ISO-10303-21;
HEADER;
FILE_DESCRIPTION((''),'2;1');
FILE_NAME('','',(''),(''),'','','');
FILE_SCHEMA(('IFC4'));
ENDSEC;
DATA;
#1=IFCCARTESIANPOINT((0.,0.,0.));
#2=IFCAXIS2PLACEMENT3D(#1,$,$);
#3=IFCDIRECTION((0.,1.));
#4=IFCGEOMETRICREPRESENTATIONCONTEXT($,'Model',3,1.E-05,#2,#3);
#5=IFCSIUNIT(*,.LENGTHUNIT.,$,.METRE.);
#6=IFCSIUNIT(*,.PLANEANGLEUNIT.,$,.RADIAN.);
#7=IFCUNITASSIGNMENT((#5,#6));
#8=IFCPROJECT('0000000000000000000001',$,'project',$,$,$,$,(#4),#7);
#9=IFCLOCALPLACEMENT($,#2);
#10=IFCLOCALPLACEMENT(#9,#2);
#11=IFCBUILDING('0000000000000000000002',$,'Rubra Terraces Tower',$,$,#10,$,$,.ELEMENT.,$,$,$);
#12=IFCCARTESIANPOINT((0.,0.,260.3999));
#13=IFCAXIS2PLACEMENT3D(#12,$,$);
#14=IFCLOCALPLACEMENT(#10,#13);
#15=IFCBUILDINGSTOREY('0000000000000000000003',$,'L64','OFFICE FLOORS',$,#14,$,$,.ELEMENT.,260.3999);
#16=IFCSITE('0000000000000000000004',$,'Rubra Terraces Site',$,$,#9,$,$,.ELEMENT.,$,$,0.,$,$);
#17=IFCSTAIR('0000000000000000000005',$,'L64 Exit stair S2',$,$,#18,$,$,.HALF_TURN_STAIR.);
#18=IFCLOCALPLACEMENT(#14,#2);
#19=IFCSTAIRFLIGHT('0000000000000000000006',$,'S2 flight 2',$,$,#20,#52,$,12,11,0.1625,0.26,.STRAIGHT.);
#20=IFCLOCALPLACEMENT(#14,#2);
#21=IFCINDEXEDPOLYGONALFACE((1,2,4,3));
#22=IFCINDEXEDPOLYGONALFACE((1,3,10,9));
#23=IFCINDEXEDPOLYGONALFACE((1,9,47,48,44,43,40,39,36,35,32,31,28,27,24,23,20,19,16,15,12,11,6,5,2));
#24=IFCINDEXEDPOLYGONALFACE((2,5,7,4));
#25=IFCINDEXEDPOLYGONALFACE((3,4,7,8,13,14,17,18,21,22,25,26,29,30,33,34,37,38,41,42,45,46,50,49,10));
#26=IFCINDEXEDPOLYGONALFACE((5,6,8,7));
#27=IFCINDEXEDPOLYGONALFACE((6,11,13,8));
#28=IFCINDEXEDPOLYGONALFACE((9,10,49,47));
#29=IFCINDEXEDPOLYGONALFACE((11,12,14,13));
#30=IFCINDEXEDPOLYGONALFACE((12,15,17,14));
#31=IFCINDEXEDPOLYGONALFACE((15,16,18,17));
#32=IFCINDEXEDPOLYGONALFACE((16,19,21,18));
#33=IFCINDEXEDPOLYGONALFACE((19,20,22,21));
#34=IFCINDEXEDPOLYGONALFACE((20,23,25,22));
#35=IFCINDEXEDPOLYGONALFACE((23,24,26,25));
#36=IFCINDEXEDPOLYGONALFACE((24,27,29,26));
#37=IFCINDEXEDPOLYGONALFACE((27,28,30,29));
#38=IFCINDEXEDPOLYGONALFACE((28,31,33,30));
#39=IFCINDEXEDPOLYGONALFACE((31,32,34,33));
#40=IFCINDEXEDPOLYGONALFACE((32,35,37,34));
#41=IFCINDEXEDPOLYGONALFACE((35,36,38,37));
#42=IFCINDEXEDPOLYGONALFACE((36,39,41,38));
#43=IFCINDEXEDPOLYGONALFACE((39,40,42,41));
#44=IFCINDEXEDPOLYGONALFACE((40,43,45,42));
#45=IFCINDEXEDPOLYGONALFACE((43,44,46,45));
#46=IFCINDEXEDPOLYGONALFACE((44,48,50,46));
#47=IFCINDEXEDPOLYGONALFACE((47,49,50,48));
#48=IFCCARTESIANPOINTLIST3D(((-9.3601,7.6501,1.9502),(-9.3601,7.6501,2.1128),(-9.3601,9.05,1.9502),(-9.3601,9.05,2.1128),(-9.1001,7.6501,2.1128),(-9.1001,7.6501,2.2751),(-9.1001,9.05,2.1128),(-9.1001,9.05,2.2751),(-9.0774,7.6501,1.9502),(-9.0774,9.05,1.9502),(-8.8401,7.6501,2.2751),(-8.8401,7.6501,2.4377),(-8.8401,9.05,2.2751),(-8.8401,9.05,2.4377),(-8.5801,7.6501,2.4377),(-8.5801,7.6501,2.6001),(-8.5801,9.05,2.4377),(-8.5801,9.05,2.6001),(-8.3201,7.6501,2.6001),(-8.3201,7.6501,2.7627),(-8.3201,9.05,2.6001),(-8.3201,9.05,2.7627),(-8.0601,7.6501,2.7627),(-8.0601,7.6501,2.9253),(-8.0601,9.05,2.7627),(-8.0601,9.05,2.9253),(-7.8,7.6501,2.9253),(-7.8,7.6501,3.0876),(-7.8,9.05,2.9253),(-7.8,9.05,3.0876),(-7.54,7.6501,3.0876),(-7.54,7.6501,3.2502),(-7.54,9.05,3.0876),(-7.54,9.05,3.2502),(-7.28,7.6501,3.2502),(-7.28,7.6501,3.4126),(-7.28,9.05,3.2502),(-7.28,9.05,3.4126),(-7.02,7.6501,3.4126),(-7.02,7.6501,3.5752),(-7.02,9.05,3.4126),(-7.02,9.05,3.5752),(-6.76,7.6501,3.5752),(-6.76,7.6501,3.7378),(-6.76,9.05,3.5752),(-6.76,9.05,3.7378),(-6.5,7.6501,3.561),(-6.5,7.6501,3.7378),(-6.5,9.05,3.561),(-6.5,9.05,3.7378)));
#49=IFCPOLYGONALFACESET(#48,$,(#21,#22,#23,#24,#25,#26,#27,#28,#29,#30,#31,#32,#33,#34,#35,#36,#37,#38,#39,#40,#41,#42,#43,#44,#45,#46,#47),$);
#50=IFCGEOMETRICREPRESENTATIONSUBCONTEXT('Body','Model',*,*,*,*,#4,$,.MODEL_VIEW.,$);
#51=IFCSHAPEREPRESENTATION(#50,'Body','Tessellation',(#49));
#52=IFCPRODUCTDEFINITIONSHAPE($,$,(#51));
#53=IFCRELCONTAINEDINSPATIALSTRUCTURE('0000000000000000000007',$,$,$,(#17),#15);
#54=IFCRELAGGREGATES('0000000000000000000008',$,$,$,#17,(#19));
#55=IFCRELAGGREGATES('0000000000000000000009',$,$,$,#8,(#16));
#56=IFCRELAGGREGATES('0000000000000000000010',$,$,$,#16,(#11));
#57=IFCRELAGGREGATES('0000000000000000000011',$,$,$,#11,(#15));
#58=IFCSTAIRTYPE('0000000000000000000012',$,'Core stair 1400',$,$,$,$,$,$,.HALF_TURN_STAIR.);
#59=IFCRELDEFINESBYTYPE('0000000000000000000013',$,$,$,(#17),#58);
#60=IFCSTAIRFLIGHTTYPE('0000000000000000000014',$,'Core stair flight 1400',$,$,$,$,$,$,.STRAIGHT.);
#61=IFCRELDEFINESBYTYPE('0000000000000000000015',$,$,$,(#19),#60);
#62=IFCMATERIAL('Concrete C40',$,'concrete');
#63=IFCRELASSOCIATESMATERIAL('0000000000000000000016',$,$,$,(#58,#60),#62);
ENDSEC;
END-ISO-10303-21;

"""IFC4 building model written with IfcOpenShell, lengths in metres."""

from ifc_helpers import new_model, si_unit, direction, frame, origin, place, context, subcontext, project, spatial, polyline, outline, extrude, material, type_object, element, aggregate, save


model = new_model("IFC4")

# Units and contexts
model_context = context("Model", 3, precision=1e-05, world=origin(), true_north=direction((0.0, 1.0)))
body_context = subcontext(model_context, "Body", "Model", "MODEL_VIEW")
ifc_project = project(units=[si_unit("LENGTHUNIT", "METRE"), si_unit("PLANEANGLEUNIT", "RADIAN")], contexts=[model_context])

# Site, building, storey
site_placement = place(None, origin())
site = spatial("IfcSite", under=ifc_project, at=site_placement, Name="Rubra Terraces Site", CompositionType="ELEMENT", RefElevation=0.0)
building_placement = place(site_placement, origin())
building = spatial("IfcBuilding", under=site, at=building_placement, Name="Rubra Terraces Tower", CompositionType="ELEMENT")
storey_placement = place(building_placement, frame((0.0, 0.0, 260.3999)))
storey = spatial("IfcBuildingStorey", under=building, at=storey_placement, Name="L64", Description="OFFICE FLOORS", CompositionType="ELEMENT", Elevation=260.3999)

# Shared definitions
ifc_material_1 = material(Name="Concrete C40", Category="concrete")

# Stair, stair flight
stair_type = type_object("IfcStairType", Name="Core stair 1400", PredefinedType="HALF_TURN_STAIR", material=ifc_material_1)
stair_placement = place(storey_placement, origin())
stair = element("IfcStair", 1, at=stair_placement, inside=storey, type_object=stair_type, Name="L64 Exit stair S2", PredefinedType="HALF_TURN_STAIR")
stair_flight_type = type_object("IfcStairFlightType", Name="Core stair flight 1400", PredefinedType="STRAIGHT", material=ifc_material_1)
stair_flight_1_placement = place(storey_placement, frame((-9.3601, 8.3501, 1.9502), z_axis=(0.0, 0.0, 1.0), x_axis=(1.0, 0.0, 0.0)))
stair_flight_1 = element("IfcStairFlight", 2, at=stair_flight_1_placement, type_object=stair_flight_type, Name="S2 flight 2", NumberOfRisers=12, NumberOfTreads=11, PredefinedType="STRAIGHT", RiserHeight=0.1625, TreadLength=0.26, context=body_context, shape_type="SweptSolid", body=[
    extrude(outline(polyline([(0.0, 0.0), (0.0, 0.1626), (0.26, 0.1626), (0.26, 0.325), (0.52, 0.325), (0.52, 0.4875), (0.78, 0.4875), (0.78, 0.6499), (1.04, 0.6499), (1.04, 0.8125), (1.3, 0.8125), (1.3, 0.9751), (1.5601, 0.9751), (1.5601, 1.1375), (1.8201, 1.1375), (1.8201, 1.3), (2.0801, 1.3), (2.0801, 1.4624), (2.3401, 1.4624), (2.3401, 1.625), (2.6001, 1.625), (2.6001, 1.7876), (2.8601, 1.7876), (2.8601, 1.95), (2.8601, 1.6108), (0.2827, 0.0), (0.0, 0.0)])), frame((0.0, 0.7, 0.0), z_axis=(0.0, -1.0, 0.0), x_axis=(1.0, 0.0, 0.0)), (0.0, 0.0, 1.0), 1.3999),
])
aggregate(stair, [stair_flight_1])

save(model, "model.ifc")
